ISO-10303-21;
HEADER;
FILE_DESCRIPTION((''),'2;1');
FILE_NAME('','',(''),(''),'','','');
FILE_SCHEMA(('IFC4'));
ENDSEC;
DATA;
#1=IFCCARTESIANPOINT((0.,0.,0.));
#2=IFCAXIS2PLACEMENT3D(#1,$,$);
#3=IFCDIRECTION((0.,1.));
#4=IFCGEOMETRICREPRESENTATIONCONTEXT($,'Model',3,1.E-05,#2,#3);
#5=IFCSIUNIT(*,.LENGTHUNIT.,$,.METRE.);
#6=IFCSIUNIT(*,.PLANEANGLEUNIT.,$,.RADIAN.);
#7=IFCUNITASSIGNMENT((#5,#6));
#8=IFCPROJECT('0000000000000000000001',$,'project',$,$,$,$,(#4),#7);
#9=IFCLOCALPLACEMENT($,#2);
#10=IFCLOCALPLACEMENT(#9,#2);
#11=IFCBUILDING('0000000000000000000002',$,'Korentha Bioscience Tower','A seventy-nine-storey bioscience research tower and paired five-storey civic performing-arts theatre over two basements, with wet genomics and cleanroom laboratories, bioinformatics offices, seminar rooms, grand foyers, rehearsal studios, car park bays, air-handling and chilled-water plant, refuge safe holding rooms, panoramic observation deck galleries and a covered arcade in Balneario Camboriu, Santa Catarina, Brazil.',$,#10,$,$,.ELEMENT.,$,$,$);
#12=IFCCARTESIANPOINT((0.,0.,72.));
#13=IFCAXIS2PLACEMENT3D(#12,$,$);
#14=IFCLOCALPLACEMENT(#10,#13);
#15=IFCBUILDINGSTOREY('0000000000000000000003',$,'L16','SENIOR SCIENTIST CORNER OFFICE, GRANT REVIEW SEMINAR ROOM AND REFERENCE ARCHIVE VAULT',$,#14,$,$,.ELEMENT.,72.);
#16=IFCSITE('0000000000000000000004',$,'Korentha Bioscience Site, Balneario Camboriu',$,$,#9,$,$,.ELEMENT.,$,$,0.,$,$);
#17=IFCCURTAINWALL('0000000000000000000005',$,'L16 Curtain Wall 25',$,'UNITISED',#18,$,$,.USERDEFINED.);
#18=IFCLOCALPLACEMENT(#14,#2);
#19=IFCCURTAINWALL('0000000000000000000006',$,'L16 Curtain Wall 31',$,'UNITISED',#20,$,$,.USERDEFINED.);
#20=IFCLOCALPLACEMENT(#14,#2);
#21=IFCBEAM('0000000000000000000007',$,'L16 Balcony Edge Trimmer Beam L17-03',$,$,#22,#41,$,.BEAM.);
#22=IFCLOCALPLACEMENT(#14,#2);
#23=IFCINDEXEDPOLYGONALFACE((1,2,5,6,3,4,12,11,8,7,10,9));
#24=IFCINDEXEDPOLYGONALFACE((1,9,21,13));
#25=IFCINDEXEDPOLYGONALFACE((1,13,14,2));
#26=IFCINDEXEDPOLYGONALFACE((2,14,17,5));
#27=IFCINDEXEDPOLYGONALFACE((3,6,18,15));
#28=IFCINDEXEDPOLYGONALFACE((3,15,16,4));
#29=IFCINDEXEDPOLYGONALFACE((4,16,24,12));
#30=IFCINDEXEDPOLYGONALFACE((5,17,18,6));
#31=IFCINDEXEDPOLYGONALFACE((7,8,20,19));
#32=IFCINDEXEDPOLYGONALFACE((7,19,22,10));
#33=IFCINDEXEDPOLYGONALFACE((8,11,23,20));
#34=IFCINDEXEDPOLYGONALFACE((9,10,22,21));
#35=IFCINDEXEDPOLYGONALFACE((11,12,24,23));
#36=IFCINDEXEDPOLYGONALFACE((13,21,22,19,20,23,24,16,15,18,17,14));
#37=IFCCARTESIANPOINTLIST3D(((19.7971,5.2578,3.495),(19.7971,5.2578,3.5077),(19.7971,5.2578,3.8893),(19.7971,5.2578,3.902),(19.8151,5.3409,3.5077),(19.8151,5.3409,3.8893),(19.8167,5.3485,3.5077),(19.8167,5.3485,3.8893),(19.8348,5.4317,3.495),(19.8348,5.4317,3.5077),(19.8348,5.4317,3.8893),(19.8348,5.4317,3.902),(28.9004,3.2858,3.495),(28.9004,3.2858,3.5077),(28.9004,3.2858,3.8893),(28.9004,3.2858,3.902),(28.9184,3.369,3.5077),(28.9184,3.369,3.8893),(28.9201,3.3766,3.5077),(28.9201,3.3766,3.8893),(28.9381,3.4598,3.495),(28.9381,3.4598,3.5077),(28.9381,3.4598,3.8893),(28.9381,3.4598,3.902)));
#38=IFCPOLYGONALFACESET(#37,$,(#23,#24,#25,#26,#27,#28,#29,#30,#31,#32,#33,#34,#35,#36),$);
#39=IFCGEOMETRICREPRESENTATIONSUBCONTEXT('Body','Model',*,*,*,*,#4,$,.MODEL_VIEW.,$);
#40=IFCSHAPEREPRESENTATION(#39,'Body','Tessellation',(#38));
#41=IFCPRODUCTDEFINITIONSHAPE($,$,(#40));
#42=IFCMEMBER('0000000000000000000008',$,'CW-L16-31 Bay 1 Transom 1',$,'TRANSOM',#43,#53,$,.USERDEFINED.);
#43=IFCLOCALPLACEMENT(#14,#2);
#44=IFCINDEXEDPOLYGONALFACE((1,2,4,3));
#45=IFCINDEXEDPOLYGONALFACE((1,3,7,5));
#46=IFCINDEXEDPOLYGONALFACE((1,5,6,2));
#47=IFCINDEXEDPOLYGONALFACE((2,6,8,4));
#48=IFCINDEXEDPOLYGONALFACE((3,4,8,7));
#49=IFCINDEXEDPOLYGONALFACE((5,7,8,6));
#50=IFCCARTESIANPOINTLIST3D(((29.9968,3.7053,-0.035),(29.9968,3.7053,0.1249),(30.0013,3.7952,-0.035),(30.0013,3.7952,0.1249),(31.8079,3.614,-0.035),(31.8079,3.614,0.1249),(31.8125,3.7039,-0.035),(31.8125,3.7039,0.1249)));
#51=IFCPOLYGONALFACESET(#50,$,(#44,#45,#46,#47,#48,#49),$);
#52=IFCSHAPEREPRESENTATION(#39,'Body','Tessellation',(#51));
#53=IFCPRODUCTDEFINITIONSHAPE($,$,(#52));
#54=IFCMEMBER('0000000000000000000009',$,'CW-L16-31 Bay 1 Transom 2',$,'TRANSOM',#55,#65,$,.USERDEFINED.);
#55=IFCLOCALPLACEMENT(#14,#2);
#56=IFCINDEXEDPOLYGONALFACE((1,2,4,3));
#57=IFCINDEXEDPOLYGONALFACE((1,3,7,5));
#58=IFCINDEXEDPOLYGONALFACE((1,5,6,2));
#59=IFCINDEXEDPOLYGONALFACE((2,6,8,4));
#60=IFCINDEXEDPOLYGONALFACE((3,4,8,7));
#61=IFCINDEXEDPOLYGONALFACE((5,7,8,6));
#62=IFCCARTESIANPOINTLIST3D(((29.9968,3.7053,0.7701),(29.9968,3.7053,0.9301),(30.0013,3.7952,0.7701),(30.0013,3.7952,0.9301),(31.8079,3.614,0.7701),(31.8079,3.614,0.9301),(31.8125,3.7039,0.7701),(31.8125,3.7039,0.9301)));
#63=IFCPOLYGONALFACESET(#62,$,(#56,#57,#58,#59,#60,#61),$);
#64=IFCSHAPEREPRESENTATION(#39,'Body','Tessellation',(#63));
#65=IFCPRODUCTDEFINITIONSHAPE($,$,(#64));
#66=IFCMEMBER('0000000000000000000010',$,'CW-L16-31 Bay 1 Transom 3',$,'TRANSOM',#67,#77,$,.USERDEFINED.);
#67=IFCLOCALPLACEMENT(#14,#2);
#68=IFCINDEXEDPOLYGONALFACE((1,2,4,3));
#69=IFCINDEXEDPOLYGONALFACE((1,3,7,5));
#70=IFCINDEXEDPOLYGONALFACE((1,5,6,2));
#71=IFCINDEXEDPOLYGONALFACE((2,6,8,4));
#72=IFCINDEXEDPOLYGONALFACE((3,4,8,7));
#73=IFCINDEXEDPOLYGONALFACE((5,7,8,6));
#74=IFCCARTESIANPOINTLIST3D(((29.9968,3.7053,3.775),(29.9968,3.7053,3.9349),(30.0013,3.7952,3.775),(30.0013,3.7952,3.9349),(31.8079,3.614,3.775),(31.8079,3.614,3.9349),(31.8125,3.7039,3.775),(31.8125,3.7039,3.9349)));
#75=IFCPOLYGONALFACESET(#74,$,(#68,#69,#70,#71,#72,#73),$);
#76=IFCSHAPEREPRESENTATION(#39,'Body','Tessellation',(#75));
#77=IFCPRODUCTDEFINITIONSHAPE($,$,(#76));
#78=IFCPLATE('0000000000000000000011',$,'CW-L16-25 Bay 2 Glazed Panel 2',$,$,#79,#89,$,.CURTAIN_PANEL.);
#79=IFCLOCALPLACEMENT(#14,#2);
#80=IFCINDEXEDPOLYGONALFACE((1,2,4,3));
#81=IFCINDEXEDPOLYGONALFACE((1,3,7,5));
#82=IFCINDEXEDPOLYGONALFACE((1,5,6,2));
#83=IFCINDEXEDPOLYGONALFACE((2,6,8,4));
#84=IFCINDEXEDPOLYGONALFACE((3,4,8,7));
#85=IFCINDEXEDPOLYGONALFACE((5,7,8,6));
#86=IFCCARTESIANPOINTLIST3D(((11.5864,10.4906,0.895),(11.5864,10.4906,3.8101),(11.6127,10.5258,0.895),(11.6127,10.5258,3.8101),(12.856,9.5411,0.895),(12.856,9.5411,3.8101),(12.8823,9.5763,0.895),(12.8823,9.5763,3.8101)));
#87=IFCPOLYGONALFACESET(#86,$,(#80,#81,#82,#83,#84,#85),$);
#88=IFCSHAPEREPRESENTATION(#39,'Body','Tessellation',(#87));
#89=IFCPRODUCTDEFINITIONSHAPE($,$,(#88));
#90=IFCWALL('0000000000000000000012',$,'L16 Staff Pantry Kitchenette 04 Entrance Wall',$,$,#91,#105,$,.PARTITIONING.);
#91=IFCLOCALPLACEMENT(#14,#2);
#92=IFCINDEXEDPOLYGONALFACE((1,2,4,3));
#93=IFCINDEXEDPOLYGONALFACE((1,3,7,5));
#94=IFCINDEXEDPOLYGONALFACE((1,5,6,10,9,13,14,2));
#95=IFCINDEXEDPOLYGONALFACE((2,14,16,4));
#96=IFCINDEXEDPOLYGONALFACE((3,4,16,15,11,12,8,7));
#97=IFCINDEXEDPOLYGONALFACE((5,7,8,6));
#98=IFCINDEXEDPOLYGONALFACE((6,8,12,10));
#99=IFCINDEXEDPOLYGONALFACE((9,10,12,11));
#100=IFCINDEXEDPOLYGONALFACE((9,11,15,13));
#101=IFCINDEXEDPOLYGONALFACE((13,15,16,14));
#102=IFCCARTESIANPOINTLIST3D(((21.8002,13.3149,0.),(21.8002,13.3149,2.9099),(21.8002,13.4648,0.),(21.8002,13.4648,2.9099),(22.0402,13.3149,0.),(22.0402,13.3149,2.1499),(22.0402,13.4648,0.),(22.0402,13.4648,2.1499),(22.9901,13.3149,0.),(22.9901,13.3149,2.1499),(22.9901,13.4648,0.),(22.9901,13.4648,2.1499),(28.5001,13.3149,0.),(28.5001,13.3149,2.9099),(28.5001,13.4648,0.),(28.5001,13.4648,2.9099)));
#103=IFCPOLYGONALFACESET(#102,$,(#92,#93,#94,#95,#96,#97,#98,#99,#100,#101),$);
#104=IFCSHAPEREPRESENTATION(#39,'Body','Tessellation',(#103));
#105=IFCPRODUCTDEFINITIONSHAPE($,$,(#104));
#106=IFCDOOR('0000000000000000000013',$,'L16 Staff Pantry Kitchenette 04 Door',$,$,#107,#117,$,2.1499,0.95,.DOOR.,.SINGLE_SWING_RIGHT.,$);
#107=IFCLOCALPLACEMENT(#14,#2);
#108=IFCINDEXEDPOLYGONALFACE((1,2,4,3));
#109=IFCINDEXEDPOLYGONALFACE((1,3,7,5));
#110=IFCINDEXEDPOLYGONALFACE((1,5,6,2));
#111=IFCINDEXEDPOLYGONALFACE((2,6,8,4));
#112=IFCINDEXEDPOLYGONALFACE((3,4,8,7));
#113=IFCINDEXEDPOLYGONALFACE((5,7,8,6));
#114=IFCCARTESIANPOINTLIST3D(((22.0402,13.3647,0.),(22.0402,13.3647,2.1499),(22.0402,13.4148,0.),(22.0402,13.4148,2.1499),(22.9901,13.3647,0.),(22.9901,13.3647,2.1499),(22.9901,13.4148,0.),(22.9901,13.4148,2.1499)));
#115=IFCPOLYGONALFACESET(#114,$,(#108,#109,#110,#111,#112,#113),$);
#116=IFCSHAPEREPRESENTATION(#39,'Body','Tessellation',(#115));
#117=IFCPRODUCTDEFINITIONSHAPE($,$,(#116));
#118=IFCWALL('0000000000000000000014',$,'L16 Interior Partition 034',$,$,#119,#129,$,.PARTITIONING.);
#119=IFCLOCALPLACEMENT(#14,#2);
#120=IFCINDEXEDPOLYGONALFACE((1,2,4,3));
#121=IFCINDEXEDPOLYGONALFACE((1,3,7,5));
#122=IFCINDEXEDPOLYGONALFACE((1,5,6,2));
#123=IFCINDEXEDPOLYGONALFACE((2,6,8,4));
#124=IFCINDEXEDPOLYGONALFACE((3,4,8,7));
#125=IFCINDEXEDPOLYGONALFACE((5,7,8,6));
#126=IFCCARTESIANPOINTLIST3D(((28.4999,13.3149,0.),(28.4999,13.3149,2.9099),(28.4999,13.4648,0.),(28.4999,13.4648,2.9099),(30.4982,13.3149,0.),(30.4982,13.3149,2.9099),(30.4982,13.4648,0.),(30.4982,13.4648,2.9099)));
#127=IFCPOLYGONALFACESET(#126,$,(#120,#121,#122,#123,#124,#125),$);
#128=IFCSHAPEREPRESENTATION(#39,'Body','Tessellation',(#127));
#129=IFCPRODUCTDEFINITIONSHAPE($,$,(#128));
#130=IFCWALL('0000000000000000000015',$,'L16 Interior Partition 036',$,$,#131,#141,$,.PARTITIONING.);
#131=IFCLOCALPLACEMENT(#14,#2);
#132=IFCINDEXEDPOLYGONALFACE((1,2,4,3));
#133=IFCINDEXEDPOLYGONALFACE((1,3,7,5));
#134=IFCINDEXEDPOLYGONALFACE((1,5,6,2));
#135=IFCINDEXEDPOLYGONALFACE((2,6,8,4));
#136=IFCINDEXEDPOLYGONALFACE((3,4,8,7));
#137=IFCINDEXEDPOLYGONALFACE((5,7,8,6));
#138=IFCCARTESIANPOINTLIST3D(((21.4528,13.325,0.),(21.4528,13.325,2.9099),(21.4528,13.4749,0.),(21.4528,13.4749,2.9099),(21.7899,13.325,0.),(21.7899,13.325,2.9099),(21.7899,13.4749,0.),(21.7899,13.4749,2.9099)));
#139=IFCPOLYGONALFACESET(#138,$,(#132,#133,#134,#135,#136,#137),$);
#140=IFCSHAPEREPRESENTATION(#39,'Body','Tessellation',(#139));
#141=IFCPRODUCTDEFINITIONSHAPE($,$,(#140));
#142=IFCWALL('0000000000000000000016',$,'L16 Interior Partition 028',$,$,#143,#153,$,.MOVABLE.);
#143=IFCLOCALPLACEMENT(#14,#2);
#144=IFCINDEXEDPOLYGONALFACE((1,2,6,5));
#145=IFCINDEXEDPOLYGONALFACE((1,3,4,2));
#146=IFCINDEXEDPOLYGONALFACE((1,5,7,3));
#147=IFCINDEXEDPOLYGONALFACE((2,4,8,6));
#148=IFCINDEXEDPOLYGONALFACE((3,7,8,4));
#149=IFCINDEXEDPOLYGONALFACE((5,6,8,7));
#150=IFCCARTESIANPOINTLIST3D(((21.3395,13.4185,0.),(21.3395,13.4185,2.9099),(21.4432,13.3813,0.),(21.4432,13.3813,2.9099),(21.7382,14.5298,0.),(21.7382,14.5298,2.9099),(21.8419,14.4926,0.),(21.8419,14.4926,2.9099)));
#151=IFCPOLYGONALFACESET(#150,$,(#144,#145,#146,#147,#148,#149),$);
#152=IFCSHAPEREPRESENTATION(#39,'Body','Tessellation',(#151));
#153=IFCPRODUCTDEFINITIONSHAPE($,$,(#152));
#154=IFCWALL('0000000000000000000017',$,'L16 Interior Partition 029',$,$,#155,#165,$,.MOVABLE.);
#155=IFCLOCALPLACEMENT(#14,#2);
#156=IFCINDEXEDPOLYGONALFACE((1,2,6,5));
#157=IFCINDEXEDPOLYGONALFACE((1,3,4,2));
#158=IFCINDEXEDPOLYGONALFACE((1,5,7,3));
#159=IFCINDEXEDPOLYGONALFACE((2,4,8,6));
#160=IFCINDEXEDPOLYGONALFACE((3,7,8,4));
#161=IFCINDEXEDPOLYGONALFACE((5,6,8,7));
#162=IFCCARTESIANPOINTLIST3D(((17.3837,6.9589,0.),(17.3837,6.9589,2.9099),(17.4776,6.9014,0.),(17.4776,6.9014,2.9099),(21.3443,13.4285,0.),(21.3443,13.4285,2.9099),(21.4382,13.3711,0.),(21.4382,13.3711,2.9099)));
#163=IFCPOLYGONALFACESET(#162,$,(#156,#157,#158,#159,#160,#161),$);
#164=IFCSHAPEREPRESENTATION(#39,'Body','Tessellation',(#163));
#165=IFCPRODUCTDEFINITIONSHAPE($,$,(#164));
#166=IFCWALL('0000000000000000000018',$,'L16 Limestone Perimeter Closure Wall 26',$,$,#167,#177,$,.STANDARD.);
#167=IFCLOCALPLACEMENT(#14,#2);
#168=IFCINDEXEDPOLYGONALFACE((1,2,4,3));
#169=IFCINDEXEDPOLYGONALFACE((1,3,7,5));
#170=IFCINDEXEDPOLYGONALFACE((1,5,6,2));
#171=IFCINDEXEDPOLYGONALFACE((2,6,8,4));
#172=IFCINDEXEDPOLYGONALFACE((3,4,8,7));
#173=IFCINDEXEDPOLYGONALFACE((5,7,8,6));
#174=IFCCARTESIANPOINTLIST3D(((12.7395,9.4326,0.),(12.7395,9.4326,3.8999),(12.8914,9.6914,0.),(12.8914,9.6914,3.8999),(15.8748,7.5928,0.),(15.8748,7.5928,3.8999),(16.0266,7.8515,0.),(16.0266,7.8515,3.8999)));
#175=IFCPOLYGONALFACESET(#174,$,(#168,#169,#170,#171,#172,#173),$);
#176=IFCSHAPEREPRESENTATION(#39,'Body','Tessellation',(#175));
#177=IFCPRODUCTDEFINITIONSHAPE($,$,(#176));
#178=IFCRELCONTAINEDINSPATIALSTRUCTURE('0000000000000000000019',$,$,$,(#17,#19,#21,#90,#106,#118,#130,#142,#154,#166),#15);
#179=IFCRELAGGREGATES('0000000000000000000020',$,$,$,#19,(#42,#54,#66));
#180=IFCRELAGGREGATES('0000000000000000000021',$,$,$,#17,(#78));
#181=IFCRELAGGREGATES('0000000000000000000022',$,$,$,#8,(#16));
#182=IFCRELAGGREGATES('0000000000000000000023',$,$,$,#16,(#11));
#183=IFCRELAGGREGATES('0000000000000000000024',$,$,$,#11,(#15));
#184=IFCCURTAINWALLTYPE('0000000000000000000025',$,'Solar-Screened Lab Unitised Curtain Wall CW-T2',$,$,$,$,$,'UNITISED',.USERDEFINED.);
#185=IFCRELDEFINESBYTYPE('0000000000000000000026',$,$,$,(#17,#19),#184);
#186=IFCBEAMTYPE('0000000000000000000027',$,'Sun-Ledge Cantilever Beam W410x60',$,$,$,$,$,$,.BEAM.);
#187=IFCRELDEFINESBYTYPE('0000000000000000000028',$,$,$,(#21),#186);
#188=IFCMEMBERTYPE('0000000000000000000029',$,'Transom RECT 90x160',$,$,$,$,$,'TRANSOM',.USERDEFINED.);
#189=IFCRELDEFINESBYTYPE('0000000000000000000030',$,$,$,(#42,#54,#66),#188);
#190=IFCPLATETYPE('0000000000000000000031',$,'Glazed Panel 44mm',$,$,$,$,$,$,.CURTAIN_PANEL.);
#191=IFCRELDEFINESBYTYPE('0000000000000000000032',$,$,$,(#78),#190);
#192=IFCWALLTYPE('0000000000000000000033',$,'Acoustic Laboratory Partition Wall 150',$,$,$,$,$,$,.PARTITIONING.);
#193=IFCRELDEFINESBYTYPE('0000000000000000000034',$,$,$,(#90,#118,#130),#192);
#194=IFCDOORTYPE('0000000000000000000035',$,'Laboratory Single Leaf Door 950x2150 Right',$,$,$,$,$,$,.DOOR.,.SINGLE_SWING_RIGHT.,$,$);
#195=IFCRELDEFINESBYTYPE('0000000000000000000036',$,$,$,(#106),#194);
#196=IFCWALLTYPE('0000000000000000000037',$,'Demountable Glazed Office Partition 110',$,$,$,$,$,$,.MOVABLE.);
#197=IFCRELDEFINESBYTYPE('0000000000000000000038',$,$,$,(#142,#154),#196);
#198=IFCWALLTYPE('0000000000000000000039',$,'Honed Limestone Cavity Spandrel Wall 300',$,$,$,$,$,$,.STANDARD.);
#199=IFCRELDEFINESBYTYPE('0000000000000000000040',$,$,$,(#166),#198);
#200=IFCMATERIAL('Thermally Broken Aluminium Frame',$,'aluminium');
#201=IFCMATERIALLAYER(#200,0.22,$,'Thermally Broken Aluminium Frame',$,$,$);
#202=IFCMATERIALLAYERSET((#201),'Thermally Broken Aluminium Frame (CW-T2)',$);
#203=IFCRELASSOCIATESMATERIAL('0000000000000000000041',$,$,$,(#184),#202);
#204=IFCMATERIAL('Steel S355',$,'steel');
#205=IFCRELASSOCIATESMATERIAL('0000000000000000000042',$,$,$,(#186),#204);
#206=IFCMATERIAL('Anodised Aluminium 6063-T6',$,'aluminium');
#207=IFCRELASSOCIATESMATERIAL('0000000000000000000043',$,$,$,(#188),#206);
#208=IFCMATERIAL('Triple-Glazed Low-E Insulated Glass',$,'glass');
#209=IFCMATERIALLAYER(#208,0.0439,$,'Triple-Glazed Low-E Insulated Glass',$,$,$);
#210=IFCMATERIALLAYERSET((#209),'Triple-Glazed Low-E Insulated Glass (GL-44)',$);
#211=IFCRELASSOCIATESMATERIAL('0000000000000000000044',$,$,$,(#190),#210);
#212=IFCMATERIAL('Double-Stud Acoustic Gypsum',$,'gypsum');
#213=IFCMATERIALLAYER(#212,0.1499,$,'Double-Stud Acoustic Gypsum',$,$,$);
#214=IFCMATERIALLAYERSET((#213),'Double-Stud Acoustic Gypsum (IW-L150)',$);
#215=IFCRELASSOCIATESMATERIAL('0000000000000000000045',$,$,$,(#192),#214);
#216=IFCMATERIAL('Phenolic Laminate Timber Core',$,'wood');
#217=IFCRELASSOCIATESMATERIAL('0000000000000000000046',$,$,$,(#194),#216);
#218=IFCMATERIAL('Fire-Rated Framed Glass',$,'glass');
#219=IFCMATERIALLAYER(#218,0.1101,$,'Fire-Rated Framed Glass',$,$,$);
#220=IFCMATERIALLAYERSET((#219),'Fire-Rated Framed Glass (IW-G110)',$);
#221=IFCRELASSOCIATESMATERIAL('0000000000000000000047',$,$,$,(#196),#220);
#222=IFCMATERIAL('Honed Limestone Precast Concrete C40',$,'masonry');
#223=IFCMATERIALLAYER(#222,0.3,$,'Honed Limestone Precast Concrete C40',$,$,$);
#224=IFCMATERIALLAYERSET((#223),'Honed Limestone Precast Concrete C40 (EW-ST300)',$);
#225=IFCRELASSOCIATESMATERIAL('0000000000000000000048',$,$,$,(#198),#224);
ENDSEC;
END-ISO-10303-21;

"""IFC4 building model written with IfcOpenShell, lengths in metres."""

from ifc_helpers import new_model, si_unit, direction, frame, frame_2d, origin, origin_2d, place, context, subcontext, project, spatial, rectangle, i_section, extrude, material, layer, layer_set, material_profile, profile_set, type_object, element, fill, aggregate, save


model = new_model("IFC4")

# Units and contexts
model_context = context("Model", 3, precision=1e-05, world=origin(), true_north=direction((0.0, 1.0)))
body_context = subcontext(model_context, "Body", "Model", "MODEL_VIEW")
ifc_project = project(units=[si_unit("LENGTHUNIT", "METRE"), si_unit("PLANEANGLEUNIT", "RADIAN")], contexts=[model_context])

# Site, building, storey
site_placement = place(None, origin())
site = spatial("IfcSite", under=ifc_project, at=site_placement, Name="Korentha Bioscience Site, Balneario Camboriu", CompositionType="ELEMENT", RefElevation=0.0)
building_placement = place(site_placement, origin())
building = spatial("IfcBuilding", under=site, at=building_placement, Name="Korentha Bioscience Tower", Description="A seventy-nine-storey bioscience research tower and paired five-storey civic performing-arts theatre over two basements, with wet genomics and cleanroom laboratories, bioinformatics offices, seminar rooms, grand foyers, rehearsal studios, car park bays, air-handling and chilled-water plant, refuge safe holding rooms, panoramic observation deck galleries and a covered arcade in Balneario Camboriu, Santa Catarina, Brazil.", CompositionType="ELEMENT")
storey_placement = place(building_placement, frame((0.0, 0.0, 72.0)))
storey = spatial("IfcBuildingStorey", under=building, at=storey_placement, Name="L16", Description="SENIOR SCIENTIST CORNER OFFICE, GRANT REVIEW SEMINAR ROOM AND REFERENCE ARCHIVE VAULT", CompositionType="ELEMENT", Elevation=72.0)

# Curtain walls
ifc_material_1 = material(Name="Thermally Broken Aluminium Frame", Category="aluminium")
ifc_layer_1 = layer(ifc_material_1, 0.22, Name="Thermally Broken Aluminium Frame")
ifc_layer_set_1 = layer_set([ifc_layer_1], Name="Thermally Broken Aluminium Frame (CW-T2)")
curtain_wall_type = type_object("IfcCurtainWallType", Name="Solar-Screened Lab Unitised Curtain Wall CW-T2", ElementType="UNITISED", PredefinedType="USERDEFINED", material=ifc_layer_set_1)
curtain_wall_1_placement = place(storey_placement, origin())
curtain_wall_1 = element("IfcCurtainWall", 1, at=curtain_wall_1_placement, inside=storey, type_object=curtain_wall_type, Name="L16 Curtain Wall 25", ObjectType="UNITISED", PredefinedType="USERDEFINED")
ifc_material_2 = material(Name="Anodised Aluminium 6063-T6", Category="aluminium")
curtain_wall_2_placement = place(storey_placement, origin())
curtain_wall_2 = element("IfcCurtainWall", 2, at=curtain_wall_2_placement, inside=storey, type_object=curtain_wall_type, Name="L16 Curtain Wall 31", ObjectType="UNITISED", PredefinedType="USERDEFINED")

# Beam
ifc_material_3 = material(Name="Steel S355", Category="steel")
ifc_material_profile_1 = material_profile(ifc_material_3, i_section(OverallWidth=0.178, OverallDepth=0.407, WebThickness=0.0078, FlangeThickness=0.0127, at=origin_2d()), Name="Steel S355")
ifc_profile_set_1 = profile_set([ifc_material_profile_1], Name="Steel S355 (CB-410)")
beam_type_1 = type_object("IfcBeamType", Name="Sun-Ledge Cantilever Beam W410x60", PredefinedType="BEAM", material=ifc_profile_set_1)
beam_1_placement = place(storey_placement, frame((19.8159, 5.3447, 3.6985), z_axis=(0.977333, -0.211707, 0.0), x_axis=(0.211707, 0.977333, 0.0)))
element("IfcBeam", 3, at=beam_1_placement, inside=storey, type_object=beam_type_1, Name="L16 Balcony Edge Trimmer Beam L17-03", PredefinedType="BEAM", context=body_context, shape_type="SweptSolid", body=[
    extrude(i_section(OverallWidth=0.178, OverallDepth=0.407, WebThickness=0.0078, FlangeThickness=0.0127, at=origin_2d()), origin(), (0.0, 0.0, 1.0), 9.3145),
])

# Members
ifc_material_profile_2 = material_profile(ifc_material_2, rectangle(XDim=0.0901, YDim=0.1599, at=origin_2d()), Name="Anodised Aluminium 6063-T6")
ifc_profile_set_2 = profile_set([ifc_material_profile_2], Name="Anodised Aluminium 6063-T6 (CW-TRN)")
member_type_1 = type_object("IfcMemberType", Name="Transom RECT 90x160", ElementType="TRANSOM", PredefinedType="USERDEFINED", material=ifc_profile_set_2)
member_1_placement = place(storey_placement, frame((29.999, 3.7502, 0.0449), z_axis=(0.998732, -0.050347, 0.0), x_axis=(0.050347, 0.998732, 0.0)))
member_1 = element("IfcMember", 4, at=member_1_placement, type_object=member_type_1, Name="CW-L16-31 Bay 1 Transom 1", ObjectType="TRANSOM", PredefinedType="USERDEFINED", context=body_context, shape_type="SweptSolid", body=[
    extrude(rectangle(XDim=0.0901, YDim=0.1599, at=origin_2d()), origin(), (0.0, 0.0, 1.0), 1.8135),
])
member_2_placement = place(storey_placement, frame((29.999, 3.7502, 0.8501), z_axis=(0.998732, -0.050347, 0.0), x_axis=(0.050347, 0.998732, 0.0)))
member_2 = element("IfcMember", 5, at=member_2_placement, type_object=member_type_1, Name="CW-L16-31 Bay 1 Transom 2", ObjectType="TRANSOM", PredefinedType="USERDEFINED", context=body_context, shape_type="SweptSolid", body=[
    extrude(rectangle(XDim=0.0901, YDim=0.1599, at=origin_2d()), origin(), (0.0, 0.0, 1.0), 1.8135),
])
member_3_placement = place(storey_placement, frame((29.999, 3.7502, 3.855), z_axis=(0.998732, -0.050347, 0.0), x_axis=(0.050347, 0.998732, 0.0)))
member_3 = element("IfcMember", 6, at=member_3_placement, type_object=member_type_1, Name="CW-L16-31 Bay 1 Transom 3", ObjectType="TRANSOM", PredefinedType="USERDEFINED", context=body_context, shape_type="SweptSolid", body=[
    extrude(rectangle(XDim=0.0901, YDim=0.1599, at=origin_2d()), origin(), (0.0, 0.0, 1.0), 1.8135),
])
aggregate(curtain_wall_2, [member_1, member_2, member_3])

# Plate
ifc_material_4 = material(Name="Triple-Glazed Low-E Insulated Glass", Category="glass")
ifc_layer_2 = layer(ifc_material_4, 0.0439, Name="Triple-Glazed Low-E Insulated Glass")
ifc_layer_set_2 = layer_set([ifc_layer_2], Name="Triple-Glazed Low-E Insulated Glass (GL-44)")
plate_type = type_object("IfcPlateType", Name="Glazed Panel 44mm", PredefinedType="CURTAIN_PANEL", material=ifc_layer_set_2)
plate_placement = place(storey_placement, frame((12.2344, 10.0334, 0.895), z_axis=(0.0, 0.0, 1.0), x_axis=(0.800798, -0.598935, 0.0)))
plate = element("IfcPlate", 7, at=plate_placement, type_object=plate_type, Name="CW-L16-25 Bay 2 Glazed Panel 2", PredefinedType="CURTAIN_PANEL", context=body_context, shape_type="SweptSolid", body=[
    extrude(rectangle(XDim=1.5854, YDim=0.0439, at=origin_2d()), origin(), (0.0, 0.0, 1.0), 2.915),
])
aggregate(curtain_wall_1, [plate])

# Wall, opening, door
ifc_material_5 = material(Name="Double-Stud Acoustic Gypsum", Category="gypsum")
ifc_layer_3 = layer(ifc_material_5, 0.1499, Name="Double-Stud Acoustic Gypsum")
ifc_layer_set_3 = layer_set([ifc_layer_3], Name="Double-Stud Acoustic Gypsum (IW-L150)")
wall_type_1 = type_object("IfcWallType", Name="Acoustic Laboratory Partition Wall 150", PredefinedType="PARTITIONING", material=ifc_layer_set_3)
wall_1_placement = place(storey_placement, frame((21.8, 13.3899, 0.0), z_axis=(0.0, 0.0, 1.0), x_axis=(1.0, 0.0, 0.0)))
wall_1 = element("IfcWall", 8, at=wall_1_placement, inside=storey, type_object=wall_type_1, Name="L16 Staff Pantry Kitchenette 04 Entrance Wall", PredefinedType="PARTITIONING", context=body_context, shape_type="SweptSolid", body=[
    extrude(rectangle(XDim=6.7, YDim=0.1499, at=frame_2d((3.3501, 0.0))), origin(), (0.0, 0.0, 1.0), 2.9099),
])
opening_1_placement = place(wall_1_placement, frame((0.24, 0.0, 0.0)))
opening_1 = element("IfcOpeningElement", 9, at=opening_1_placement, cuts=wall_1, PredefinedType="OPENING", context=body_context, shape_type="SweptSolid", body=[
    extrude(rectangle(XDim=0.95, YDim=2.1499, at=frame_2d((0.4751, 1.075))), frame((0.0, 0.0898, 0.0), z_axis=(0.0, -1.0, 0.0), x_axis=(1.0, 0.0, 0.0)), (0.0, 0.0, 1.0), 0.1797),
])
ifc_material_6 = material(Name="Phenolic Laminate Timber Core", Category="wood")
door_type_1 = type_object("IfcDoorType", Name="Laboratory Single Leaf Door 950x2150 Right", OperationType="SINGLE_SWING_RIGHT", PredefinedType="DOOR", material=ifc_material_6)
door_1_placement = place(opening_1_placement, origin())
door_1 = element("IfcDoor", 10, at=door_1_placement, inside=storey, type_object=door_type_1, Name="L16 Staff Pantry Kitchenette 04 Door", OperationType="SINGLE_SWING_RIGHT", OverallHeight=2.1499, OverallWidth=0.95, PredefinedType="DOOR", context=body_context, shape_type="SweptSolid", body=[
    extrude(rectangle(XDim=0.95, YDim=2.1499, at=frame_2d((0.4751, 1.075))), frame((0.0, 0.0249, 0.0), z_axis=(0.0, -1.0, 0.0), x_axis=(1.0, 0.0, 0.0)), (0.0, 0.0, 1.0), 0.05),
])
fill(opening_1, door_1)

# Walls
wall_2_placement = place(storey_placement, frame((28.5, 13.3899, 0.0), z_axis=(0.0, 0.0, 1.0), x_axis=(1.0, 0.0, 0.0)))
element("IfcWall", 11, at=wall_2_placement, inside=storey, type_object=wall_type_1, Name="L16 Interior Partition 034", PredefinedType="PARTITIONING", context=body_context, shape_type="SweptSolid", body=[
    extrude(rectangle(XDim=1.9983, YDim=0.1499, at=frame_2d((0.999, 0.0))), origin(), (0.0, 0.0, 1.0), 2.9099),
])
wall_3_placement = place(storey_placement, frame((21.4529, 13.3999, 0.0), z_axis=(0.0, 0.0, 1.0), x_axis=(1.0, 0.0, 0.0)))
element("IfcWall", 12, at=wall_3_placement, inside=storey, type_object=wall_type_1, Name="L16 Interior Partition 036", PredefinedType="PARTITIONING", context=body_context, shape_type="SweptSolid", body=[
    extrude(rectangle(XDim=0.3372, YDim=0.1499, at=frame_2d((0.1685, 0.0))), origin(), (0.0, 0.0, 1.0), 2.9099),
])
ifc_material_7 = material(Name="Fire-Rated Framed Glass", Category="glass")
ifc_layer_4 = layer(ifc_material_7, 0.1101, Name="Fire-Rated Framed Glass")
ifc_layer_set_4 = layer_set([ifc_layer_4], Name="Fire-Rated Framed Glass (IW-G110)")
wall_type_2 = type_object("IfcWallType", Name="Demountable Glazed Office Partition 110", PredefinedType="MOVABLE", material=ifc_layer_set_4)
wall_4_placement = place(storey_placement, frame((21.79, 14.5112, 0.0), z_axis=(0.0, 0.0, 1.0), x_axis=(-0.337672, -0.941264, 0.0)))
element("IfcWall", 13, at=wall_4_placement, inside=storey, type_object=wall_type_2, Name="L16 Interior Partition 028", PredefinedType="MOVABLE", context=body_context, shape_type="SweptSolid", body=[
    extrude(rectangle(XDim=1.1807, YDim=0.1101, at=frame_2d((0.5903, 0.0))), origin(), (0.0, 0.0, 1.0), 2.9099),
])
wall_5_placement = place(storey_placement, frame((21.3914, 13.3999, 0.0), z_axis=(0.0, 0.0, 1.0), x_axis=(-0.522119, -0.852873, 0.0)))
element("IfcWall", 14, at=wall_5_placement, inside=storey, type_object=wall_type_2, Name="L16 Interior Partition 029", PredefinedType="MOVABLE", context=body_context, shape_type="SweptSolid", body=[
    extrude(rectangle(XDim=7.5857, YDim=0.1101, at=frame_2d((3.793, 0.0))), origin(), (0.0, 0.0, 1.0), 2.9099),
])

# Shared definitions
ifc_material_8 = material(Name="Honed Limestone Precast Concrete C40", Category="masonry")
ifc_layer_5 = layer(ifc_material_8, 0.3, Name="Honed Limestone Precast Concrete C40")
ifc_layer_set_5 = layer_set([ifc_layer_5], Name="Honed Limestone Precast Concrete C40 (EW-ST300)")
wall_type_3 = type_object("IfcWallType", Name="Honed Limestone Cavity Spandrel Wall 300", PredefinedType="STANDARD", material=ifc_layer_set_5)

# Wall
wall_6_placement = place(storey_placement, frame((12.8154, 9.562, 0.0), z_axis=(0.0, 0.0, 1.0), x_axis=(0.862465, -0.506116, 0.0)))
element("IfcWall", 15, at=wall_6_placement, inside=storey, type_object=wall_type_3, Name="L16 Limestone Perimeter Closure Wall 26", PredefinedType="STANDARD", context=body_context, shape_type="SweptSolid", body=[
    extrude(rectangle(XDim=3.6353, YDim=0.3, at=frame_2d((1.8176, 0.0))), origin(), (0.0, 0.0, 1.0), 3.8999),
])

save(model, "model.ifc")
